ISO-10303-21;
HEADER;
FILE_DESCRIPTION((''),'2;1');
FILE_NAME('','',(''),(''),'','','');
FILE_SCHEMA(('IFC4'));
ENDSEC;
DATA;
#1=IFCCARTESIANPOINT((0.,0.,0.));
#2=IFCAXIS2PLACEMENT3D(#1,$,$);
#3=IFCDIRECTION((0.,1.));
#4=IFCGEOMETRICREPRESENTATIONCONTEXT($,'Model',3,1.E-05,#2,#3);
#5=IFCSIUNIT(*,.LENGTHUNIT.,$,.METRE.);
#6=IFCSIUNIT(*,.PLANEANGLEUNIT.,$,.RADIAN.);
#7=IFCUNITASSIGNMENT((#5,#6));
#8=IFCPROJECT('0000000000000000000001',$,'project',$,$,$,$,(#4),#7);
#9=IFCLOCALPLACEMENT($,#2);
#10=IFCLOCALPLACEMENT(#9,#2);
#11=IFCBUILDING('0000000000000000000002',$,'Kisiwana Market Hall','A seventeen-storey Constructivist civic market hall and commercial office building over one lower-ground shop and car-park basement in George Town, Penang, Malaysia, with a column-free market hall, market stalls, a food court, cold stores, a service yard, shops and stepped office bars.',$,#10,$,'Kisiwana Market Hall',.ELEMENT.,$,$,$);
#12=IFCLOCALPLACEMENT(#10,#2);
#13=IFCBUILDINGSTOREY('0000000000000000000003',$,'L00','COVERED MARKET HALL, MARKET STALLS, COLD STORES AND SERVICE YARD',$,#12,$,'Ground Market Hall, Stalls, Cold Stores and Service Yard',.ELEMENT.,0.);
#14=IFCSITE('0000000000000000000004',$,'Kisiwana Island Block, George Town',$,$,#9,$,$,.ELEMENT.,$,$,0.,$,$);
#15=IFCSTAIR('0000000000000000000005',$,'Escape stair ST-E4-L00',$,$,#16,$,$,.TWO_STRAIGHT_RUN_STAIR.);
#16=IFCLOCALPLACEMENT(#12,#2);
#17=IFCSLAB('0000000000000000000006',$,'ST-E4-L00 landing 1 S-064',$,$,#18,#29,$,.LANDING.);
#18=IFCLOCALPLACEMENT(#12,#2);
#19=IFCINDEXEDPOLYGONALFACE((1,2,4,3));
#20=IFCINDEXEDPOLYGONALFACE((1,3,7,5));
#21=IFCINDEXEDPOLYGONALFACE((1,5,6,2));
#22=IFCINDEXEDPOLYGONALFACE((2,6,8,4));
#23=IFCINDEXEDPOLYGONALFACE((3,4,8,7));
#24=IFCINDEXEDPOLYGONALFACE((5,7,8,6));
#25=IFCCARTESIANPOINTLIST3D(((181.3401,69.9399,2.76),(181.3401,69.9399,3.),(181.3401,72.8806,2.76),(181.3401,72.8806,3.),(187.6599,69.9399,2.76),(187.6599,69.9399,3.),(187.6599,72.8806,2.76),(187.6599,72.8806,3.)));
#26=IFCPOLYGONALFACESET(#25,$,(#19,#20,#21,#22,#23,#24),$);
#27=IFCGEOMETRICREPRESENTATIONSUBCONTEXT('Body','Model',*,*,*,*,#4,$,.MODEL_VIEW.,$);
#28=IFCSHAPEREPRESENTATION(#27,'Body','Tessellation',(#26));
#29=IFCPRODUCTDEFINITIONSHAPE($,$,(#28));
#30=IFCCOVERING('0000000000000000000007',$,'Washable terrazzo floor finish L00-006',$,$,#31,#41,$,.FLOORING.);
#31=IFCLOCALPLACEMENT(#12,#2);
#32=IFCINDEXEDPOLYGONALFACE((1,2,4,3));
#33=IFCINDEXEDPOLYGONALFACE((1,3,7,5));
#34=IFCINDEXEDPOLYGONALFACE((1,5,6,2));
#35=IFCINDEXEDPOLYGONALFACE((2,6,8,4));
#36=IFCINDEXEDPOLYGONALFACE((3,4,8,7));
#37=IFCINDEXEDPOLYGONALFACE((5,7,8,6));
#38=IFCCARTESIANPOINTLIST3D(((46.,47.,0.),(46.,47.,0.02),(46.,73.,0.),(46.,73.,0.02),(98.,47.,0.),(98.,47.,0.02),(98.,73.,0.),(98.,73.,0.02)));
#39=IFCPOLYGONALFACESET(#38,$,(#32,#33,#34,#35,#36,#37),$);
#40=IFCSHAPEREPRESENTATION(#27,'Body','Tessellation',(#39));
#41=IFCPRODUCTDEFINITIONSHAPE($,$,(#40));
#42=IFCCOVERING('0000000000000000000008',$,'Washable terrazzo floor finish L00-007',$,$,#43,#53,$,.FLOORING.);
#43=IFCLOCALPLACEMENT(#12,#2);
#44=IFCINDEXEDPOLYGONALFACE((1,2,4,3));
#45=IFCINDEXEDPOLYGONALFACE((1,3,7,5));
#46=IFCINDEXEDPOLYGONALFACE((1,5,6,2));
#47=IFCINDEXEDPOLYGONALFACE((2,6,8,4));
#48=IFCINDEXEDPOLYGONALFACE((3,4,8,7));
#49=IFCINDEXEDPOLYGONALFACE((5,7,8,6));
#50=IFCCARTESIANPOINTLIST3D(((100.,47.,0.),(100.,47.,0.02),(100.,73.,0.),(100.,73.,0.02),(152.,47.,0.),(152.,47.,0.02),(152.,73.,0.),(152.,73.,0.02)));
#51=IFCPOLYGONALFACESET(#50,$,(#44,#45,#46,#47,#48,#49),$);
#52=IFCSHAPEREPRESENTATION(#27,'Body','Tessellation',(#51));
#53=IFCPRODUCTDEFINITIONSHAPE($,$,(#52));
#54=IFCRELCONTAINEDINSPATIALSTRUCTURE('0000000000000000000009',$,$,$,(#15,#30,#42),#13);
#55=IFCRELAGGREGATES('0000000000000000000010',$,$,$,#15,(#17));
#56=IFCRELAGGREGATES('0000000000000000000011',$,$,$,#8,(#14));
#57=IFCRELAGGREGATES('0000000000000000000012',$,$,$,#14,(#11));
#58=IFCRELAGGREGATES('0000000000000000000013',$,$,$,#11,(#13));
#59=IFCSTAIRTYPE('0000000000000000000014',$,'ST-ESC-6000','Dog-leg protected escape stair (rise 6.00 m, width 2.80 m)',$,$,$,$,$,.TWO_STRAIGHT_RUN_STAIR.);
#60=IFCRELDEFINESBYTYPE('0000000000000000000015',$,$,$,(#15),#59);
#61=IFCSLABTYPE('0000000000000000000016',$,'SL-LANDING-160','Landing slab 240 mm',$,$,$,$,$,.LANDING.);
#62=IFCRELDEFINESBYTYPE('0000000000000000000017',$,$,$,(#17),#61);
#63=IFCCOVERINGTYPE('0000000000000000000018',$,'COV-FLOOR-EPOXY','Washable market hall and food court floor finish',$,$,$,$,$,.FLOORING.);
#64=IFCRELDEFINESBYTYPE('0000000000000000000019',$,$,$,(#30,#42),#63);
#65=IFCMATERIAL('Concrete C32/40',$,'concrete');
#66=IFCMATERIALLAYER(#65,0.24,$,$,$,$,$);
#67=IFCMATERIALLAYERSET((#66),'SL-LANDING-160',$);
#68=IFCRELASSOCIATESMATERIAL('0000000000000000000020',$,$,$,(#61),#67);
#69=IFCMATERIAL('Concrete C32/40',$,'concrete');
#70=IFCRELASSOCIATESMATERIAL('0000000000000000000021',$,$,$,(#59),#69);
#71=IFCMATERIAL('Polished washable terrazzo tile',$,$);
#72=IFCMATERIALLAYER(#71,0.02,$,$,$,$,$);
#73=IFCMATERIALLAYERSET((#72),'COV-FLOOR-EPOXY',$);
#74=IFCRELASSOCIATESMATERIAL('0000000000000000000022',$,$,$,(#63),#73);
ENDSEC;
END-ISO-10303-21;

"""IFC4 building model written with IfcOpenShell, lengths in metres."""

from ifc_helpers import new_model, si_unit, direction, frame, origin, place, context, subcontext, project, spatial, polyline, outline, extrude, material, layer, layer_set, type_object, element, aggregate, save


model = new_model("IFC4")

# Units and contexts
model_context = context("Model", 3, precision=1e-05, world=origin(), true_north=direction((0.0, 1.0)))
body_context = subcontext(model_context, "Body", "Model", "MODEL_VIEW")
ifc_project = project(units=[si_unit("LENGTHUNIT", "METRE"), si_unit("PLANEANGLEUNIT", "RADIAN")], contexts=[model_context])

# Site, building, storey
site_placement = place(None, origin())
site = spatial("IfcSite", under=ifc_project, at=site_placement, Name="Kisiwana Island Block, George Town", CompositionType="ELEMENT", RefElevation=0.0)
building_placement = place(site_placement, origin())
building = spatial("IfcBuilding", under=site, at=building_placement, Name="Kisiwana Market Hall", Description="A seventeen-storey Constructivist civic market hall and commercial office building over one lower-ground shop and car-park basement in George Town, Penang, Malaysia, with a column-free market hall, market stalls, a food court, cold stores, a service yard, shops and stepped office bars.", LongName="Kisiwana Market Hall", CompositionType="ELEMENT")
storey_placement = place(building_placement, origin())
storey = spatial("IfcBuildingStorey", under=building, at=storey_placement, Name="L00", Description="COVERED MARKET HALL, MARKET STALLS, COLD STORES AND SERVICE YARD", LongName="Ground Market Hall, Stalls, Cold Stores and Service Yard", CompositionType="ELEMENT", Elevation=0.0)

# Shared definitions
ifc_material_1 = material(Name="Concrete C32/40", Category="concrete")
ifc_layer_1 = layer(ifc_material_1, 0.24)
ifc_layer_set_1 = layer_set([ifc_layer_1], Name="SL-LANDING-160")
slab_type = type_object("IfcSlabType", Name="SL-LANDING-160", Description="Landing slab 240 mm", PredefinedType="LANDING", material=ifc_layer_set_1)

# Stair, slab
ifc_material_2 = material(Name="Concrete C32/40", Category="concrete")
stair_type_1 = type_object("IfcStairType", Name="ST-ESC-6000", Description="Dog-leg protected escape stair (rise 6.00 m, width 2.80 m)", PredefinedType="TWO_STRAIGHT_RUN_STAIR", material=ifc_material_2)
stair_1_placement = place(storey_placement, origin())
stair_1 = element("IfcStair", 1, at=stair_1_placement, inside=storey, type_object=stair_type_1, Name="Escape stair ST-E4-L00", PredefinedType="TWO_STRAIGHT_RUN_STAIR")
slab_1_placement = place(storey_placement, frame((0.0, 0.0, 2.76)))
slab_1 = element("IfcSlab", 2, at=slab_1_placement, type_object=slab_type, Name="ST-E4-L00 landing 1 S-064", PredefinedType="LANDING", context=body_context, shape_type="SweptSolid", body=[
    extrude(outline(polyline([(181.3401, 69.9399), (187.6599, 69.9399), (187.6599, 72.8806), (181.3401, 72.8806), (181.3401, 69.9399)])), origin(), (0.0, 0.0, 1.0), 0.24),
])
aggregate(stair_1, [slab_1])

# Coverings
ifc_material_3 = material(Name="Polished washable terrazzo tile")
ifc_layer_2 = layer(ifc_material_3, 0.02)
ifc_layer_set_2 = layer_set([ifc_layer_2], Name="COV-FLOOR-EPOXY")
covering_type = type_object("IfcCoveringType", Name="COV-FLOOR-EPOXY", Description="Washable market hall and food court floor finish", PredefinedType="FLOORING", material=ifc_layer_set_2)
covering_1_placement = place(storey_placement, origin())
element("IfcCovering", 3, at=covering_1_placement, inside=storey, type_object=covering_type, Name="Washable terrazzo floor finish L00-006", PredefinedType="FLOORING", context=body_context, shape_type="SweptSolid", body=[
    extrude(outline(polyline([(46.0, 47.0), (98.0, 47.0), (98.0, 73.0), (46.0, 73.0), (46.0, 47.0)])), origin(), (0.0, 0.0, 1.0), 0.02),
])
covering_2_placement = place(storey_placement, origin())
element("IfcCovering", 4, at=covering_2_placement, inside=storey, type_object=covering_type, Name="Washable terrazzo floor finish L00-007", PredefinedType="FLOORING", context=body_context, shape_type="SweptSolid", body=[
    extrude(outline(polyline([(100.0, 47.0), (152.0, 47.0), (152.0, 73.0), (100.0, 73.0), (100.0, 47.0)])), origin(), (0.0, 0.0, 1.0), 0.02),
])

save(model, "model.ifc")
